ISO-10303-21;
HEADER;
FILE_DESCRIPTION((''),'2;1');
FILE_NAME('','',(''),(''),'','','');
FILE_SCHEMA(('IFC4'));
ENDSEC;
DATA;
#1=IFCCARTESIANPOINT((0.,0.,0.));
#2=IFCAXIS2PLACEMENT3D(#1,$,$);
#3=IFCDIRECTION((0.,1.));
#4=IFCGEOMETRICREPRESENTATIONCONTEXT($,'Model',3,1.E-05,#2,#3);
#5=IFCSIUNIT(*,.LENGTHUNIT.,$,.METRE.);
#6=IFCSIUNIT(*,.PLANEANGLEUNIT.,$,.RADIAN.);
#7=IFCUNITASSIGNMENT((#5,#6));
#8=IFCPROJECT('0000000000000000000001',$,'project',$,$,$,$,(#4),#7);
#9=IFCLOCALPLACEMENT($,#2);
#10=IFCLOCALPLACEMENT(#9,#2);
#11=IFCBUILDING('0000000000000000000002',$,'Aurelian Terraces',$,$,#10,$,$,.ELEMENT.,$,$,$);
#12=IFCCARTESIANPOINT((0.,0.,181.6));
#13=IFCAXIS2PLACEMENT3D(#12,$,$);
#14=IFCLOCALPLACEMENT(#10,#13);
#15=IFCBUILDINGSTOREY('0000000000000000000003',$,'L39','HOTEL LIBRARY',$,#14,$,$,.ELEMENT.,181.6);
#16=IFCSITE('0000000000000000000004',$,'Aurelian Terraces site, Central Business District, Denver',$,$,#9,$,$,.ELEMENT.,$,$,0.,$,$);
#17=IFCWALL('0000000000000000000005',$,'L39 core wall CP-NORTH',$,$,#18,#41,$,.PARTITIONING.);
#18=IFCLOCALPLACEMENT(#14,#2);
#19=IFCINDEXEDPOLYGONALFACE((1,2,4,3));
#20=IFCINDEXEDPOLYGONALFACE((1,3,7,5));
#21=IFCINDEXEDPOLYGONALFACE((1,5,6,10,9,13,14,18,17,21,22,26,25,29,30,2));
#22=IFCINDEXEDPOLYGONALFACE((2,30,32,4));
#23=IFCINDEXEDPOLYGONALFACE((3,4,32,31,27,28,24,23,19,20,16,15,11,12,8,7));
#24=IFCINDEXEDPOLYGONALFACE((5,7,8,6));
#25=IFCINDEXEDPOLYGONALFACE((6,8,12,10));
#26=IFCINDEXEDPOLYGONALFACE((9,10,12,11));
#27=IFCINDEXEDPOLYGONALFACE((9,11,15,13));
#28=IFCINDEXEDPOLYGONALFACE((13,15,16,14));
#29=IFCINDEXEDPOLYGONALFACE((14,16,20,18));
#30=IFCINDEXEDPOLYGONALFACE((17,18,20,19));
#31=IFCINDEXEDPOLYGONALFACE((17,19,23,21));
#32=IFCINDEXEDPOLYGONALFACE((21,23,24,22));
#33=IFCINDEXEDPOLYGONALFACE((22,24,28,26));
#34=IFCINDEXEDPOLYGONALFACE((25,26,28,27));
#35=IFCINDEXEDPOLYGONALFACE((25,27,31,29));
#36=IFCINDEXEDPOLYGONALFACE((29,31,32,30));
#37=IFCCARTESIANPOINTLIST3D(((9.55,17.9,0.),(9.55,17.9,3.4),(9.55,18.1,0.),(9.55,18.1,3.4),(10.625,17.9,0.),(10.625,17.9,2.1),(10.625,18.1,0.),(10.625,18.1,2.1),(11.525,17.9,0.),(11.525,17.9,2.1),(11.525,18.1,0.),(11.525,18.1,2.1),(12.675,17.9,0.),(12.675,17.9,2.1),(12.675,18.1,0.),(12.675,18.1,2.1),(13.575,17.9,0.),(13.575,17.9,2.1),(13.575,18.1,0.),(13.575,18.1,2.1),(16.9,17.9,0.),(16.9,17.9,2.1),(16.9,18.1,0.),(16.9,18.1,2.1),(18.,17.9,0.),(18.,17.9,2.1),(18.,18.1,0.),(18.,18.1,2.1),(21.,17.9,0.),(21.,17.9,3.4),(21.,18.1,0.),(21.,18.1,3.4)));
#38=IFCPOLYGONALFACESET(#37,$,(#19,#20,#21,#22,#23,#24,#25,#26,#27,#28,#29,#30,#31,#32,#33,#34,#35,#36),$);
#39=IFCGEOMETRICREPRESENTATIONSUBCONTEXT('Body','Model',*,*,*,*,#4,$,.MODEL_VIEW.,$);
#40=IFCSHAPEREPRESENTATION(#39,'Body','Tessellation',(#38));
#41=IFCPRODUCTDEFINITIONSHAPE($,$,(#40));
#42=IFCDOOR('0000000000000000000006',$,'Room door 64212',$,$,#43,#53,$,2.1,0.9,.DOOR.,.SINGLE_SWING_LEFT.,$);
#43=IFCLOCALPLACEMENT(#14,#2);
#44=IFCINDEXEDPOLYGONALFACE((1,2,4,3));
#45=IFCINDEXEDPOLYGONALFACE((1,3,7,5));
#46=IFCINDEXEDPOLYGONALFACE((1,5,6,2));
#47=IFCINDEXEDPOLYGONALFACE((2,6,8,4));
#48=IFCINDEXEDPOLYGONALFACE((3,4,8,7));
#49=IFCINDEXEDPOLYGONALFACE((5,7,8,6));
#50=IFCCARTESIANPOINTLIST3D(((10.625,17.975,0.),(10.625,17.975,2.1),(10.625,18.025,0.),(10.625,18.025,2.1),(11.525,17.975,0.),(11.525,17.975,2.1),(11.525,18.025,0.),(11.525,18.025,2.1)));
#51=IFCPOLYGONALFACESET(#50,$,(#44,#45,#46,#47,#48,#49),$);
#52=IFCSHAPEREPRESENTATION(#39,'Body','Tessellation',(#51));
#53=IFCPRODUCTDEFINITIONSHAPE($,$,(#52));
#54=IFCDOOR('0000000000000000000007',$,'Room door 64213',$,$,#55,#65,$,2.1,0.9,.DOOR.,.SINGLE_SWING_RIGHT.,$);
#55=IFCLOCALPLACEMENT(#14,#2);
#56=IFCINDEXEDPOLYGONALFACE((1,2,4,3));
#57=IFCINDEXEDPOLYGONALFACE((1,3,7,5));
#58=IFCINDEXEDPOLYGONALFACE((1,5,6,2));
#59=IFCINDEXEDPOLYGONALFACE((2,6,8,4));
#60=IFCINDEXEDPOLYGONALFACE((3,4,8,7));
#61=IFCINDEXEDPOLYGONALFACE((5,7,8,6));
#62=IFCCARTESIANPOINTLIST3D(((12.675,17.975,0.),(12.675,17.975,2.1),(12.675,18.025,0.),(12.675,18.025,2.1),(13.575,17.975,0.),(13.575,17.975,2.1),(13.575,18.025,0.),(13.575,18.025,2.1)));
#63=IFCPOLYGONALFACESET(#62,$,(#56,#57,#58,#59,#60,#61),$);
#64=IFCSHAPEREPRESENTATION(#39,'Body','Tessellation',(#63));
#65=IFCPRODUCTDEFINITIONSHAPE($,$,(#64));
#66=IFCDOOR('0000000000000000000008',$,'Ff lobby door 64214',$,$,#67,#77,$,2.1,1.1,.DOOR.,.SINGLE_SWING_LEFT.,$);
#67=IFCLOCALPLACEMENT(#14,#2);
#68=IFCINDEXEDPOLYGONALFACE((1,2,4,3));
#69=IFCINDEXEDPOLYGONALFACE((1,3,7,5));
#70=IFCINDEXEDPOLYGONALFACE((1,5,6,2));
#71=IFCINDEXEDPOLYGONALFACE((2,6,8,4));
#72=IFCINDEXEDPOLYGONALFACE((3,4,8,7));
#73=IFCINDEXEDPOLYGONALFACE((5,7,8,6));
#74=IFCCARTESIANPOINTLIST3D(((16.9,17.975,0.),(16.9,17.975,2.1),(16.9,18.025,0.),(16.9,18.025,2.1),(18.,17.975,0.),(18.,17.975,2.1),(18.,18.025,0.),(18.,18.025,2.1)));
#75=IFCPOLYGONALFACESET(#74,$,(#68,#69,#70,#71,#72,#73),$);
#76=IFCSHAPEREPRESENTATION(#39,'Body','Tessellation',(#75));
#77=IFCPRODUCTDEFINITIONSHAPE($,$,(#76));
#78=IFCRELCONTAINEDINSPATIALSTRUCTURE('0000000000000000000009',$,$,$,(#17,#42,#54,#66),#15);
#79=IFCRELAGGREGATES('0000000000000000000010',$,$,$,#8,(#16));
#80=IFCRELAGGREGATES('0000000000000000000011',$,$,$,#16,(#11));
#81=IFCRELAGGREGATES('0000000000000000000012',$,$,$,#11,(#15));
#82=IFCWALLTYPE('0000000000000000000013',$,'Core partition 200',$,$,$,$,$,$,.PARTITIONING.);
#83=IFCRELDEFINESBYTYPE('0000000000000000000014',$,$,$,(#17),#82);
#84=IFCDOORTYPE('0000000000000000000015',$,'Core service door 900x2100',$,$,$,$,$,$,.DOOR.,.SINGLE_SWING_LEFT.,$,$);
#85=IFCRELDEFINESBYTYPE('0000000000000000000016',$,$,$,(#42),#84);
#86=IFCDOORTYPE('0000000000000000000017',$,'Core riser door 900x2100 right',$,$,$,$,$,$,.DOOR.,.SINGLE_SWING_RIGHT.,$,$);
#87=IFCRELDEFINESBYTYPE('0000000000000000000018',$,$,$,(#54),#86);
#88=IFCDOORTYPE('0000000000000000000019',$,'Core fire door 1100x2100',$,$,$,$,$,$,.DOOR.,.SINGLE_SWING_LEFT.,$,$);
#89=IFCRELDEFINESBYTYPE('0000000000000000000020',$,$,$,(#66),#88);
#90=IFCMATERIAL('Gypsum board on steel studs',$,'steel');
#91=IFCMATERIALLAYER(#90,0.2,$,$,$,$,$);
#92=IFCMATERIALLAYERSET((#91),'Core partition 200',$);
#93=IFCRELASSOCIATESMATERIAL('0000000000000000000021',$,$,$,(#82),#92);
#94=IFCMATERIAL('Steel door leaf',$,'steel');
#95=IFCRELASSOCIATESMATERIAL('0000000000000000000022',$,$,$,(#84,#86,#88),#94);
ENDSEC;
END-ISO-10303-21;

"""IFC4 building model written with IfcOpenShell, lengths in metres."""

from ifc_helpers import new_model, si_unit, direction, frame, frame_2d, origin, place, context, subcontext, project, spatial, rectangle, extrude, source, transform, mapped, material, layer, layer_set, type_object, element, fill, save


model = new_model("IFC4")

# Units and contexts
model_context = context("Model", 3, precision=1e-05, world=origin(), true_north=direction((0.0, 1.0)))
body_context = subcontext(model_context, "Body", "Model", "MODEL_VIEW")
ifc_project = project(units=[si_unit("LENGTHUNIT", "METRE"), si_unit("PLANEANGLEUNIT", "RADIAN")], contexts=[model_context])

# Site, building, storey
site_placement = place(None, origin())
site = spatial("IfcSite", under=ifc_project, at=site_placement, Name="Aurelian Terraces site, Central Business District, Denver", CompositionType="ELEMENT", RefElevation=0.0)
building_placement = place(site_placement, origin())
building = spatial("IfcBuilding", under=site, at=building_placement, Name="Aurelian Terraces", CompositionType="ELEMENT")
storey_placement = place(building_placement, frame((0.0, 0.0, 181.6)))
storey = spatial("IfcBuildingStorey", under=building, at=storey_placement, Name="L39", Description="HOTEL LIBRARY", CompositionType="ELEMENT", Elevation=181.6)

# Shared definitions
shared_shape_1 = source(origin(), body_context, "Body", "SweptSolid", [
    extrude(rectangle(XDim=1.1, YDim=2.1, at=frame_2d((0.55, 1.05))), frame((0.0, 0.11, 0.0), z_axis=(0.0, -1.0, 0.0), x_axis=(1.0, 0.0, 0.0)), (0.0, 0.0, 1.0), 0.22),
])
shared_shape_2 = source(origin(), body_context, "Body", "SweptSolid", [
    extrude(rectangle(XDim=1.1, YDim=2.1, at=frame_2d((0.55, 1.05))), frame((0.0, 0.025, 0.0), z_axis=(0.0, -1.0, 0.0), x_axis=(1.0, 0.0, 0.0)), (0.0, 0.0, 1.0), 0.05),
])

# Shared definitions
shared_shape_3 = source(origin(), body_context, "Body", "SweptSolid", [
    extrude(rectangle(XDim=0.9, YDim=2.1, at=frame_2d((0.45, 1.05))), frame((0.0, 0.11, 0.0), z_axis=(0.0, -1.0, 0.0), x_axis=(1.0, 0.0, 0.0)), (0.0, 0.0, 1.0), 0.22),
])
ifc_material_1 = material(Name="Steel door leaf", Category="steel")
shared_shape_4 = source(origin(), body_context, "Body", "SweptSolid", [
    extrude(rectangle(XDim=0.9, YDim=2.1, at=frame_2d((0.45, 1.05))), frame((0.0, 0.025, 0.0), z_axis=(0.0, -1.0, 0.0), x_axis=(1.0, 0.0, 0.0)), (0.0, 0.0, 1.0), 0.05),
])

# Shared definitions
ifc_material_2 = material(Name="Gypsum board on steel studs", Category="steel")
ifc_layer_1 = layer(ifc_material_2, 0.2)
ifc_layer_set_1 = layer_set([ifc_layer_1], Name="Core partition 200")
wall_type_1 = type_object("IfcWallType", Name="Core partition 200", PredefinedType="PARTITIONING", material=ifc_layer_set_1)

# Shared definitions
door_type_1 = type_object("IfcDoorType", Name="Core service door 900x2100", OperationType="SINGLE_SWING_LEFT", PredefinedType="DOOR", material=ifc_material_1)

# Wall, openings, doors
shared_shape_5 = source(origin(), body_context, "Body", "SweptSolid", [
    extrude(rectangle(XDim=11.45, YDim=0.2, at=frame_2d((5.725, 0.0))), origin(), (0.0, 0.0, 1.0), 3.4),
])
wall_1_placement = place(storey_placement, frame((9.55, 18.0, 0.0), z_axis=(0.0, 0.0, 1.0), x_axis=(1.0, 0.0, 0.0)))
wall_1 = element("IfcWall", 1, at=wall_1_placement, inside=storey, type_object=wall_type_1, Name="L39 core wall CP-NORTH", PredefinedType="PARTITIONING", context=body_context, shape_type="MappedRepresentation", body=[
    mapped(shared_shape_5, transform((0.0, 0.0, 0.0), scale=1.0)),
])
opening_1_placement = place(wall_1_placement, frame((1.075, 0.0, 0.0)))
opening_1 = element("IfcOpeningElement", 2, at=opening_1_placement, cuts=wall_1, PredefinedType="OPENING", context=body_context, shape_type="MappedRepresentation", body=[
    mapped(shared_shape_3, transform((0.0, 0.0, 0.0), scale=1.0)),
])
opening_2_placement = place(wall_1_placement, frame((3.125, 0.0, 0.0)))
opening_2 = element("IfcOpeningElement", 3, at=opening_2_placement, cuts=wall_1, PredefinedType="OPENING", context=body_context, shape_type="MappedRepresentation", body=[
    mapped(shared_shape_3, transform((0.0, 0.0, 0.0), scale=1.0)),
])
opening_3_placement = place(wall_1_placement, frame((7.35, 0.0, 0.0)))
opening_3 = element("IfcOpeningElement", 4, at=opening_3_placement, cuts=wall_1, PredefinedType="OPENING", context=body_context, shape_type="MappedRepresentation", body=[
    mapped(shared_shape_1, transform((0.0, 0.0, 0.0), scale=1.0)),
])
door_1_placement = place(opening_1_placement, origin())
door_1 = element("IfcDoor", 5, at=door_1_placement, inside=storey, type_object=door_type_1, Name="Room door 64212", OperationType="SINGLE_SWING_LEFT", OverallHeight=2.1, OverallWidth=0.9, PredefinedType="DOOR", context=body_context, shape_type="MappedRepresentation", body=[
    mapped(shared_shape_4, transform((0.0, 0.0, 0.0), scale=1.0)),
])
fill(opening_1, door_1)
door_type_2 = type_object("IfcDoorType", Name="Core riser door 900x2100 right", OperationType="SINGLE_SWING_RIGHT", PredefinedType="DOOR", material=ifc_material_1)
door_2_placement = place(opening_2_placement, origin())
door_2 = element("IfcDoor", 6, at=door_2_placement, inside=storey, type_object=door_type_2, Name="Room door 64213", OperationType="SINGLE_SWING_RIGHT", OverallHeight=2.1, OverallWidth=0.9, PredefinedType="DOOR", context=body_context, shape_type="MappedRepresentation", body=[
    mapped(shared_shape_4, transform((0.0, 0.0, 0.0), scale=1.0)),
])
fill(opening_2, door_2)
door_type_3 = type_object("IfcDoorType", Name="Core fire door 1100x2100", OperationType="SINGLE_SWING_LEFT", PredefinedType="DOOR", material=ifc_material_1)
door_3_placement = place(opening_3_placement, origin())
door_3 = element("IfcDoor", 7, at=door_3_placement, inside=storey, type_object=door_type_3, Name="Ff lobby door 64214", OperationType="SINGLE_SWING_LEFT", OverallHeight=2.1, OverallWidth=1.1, PredefinedType="DOOR", context=body_context, shape_type="MappedRepresentation", body=[
    mapped(shared_shape_2, transform((0.0, 0.0, 0.0), scale=1.0)),
])
fill(opening_3, door_3)

save(model, "model.ifc")
